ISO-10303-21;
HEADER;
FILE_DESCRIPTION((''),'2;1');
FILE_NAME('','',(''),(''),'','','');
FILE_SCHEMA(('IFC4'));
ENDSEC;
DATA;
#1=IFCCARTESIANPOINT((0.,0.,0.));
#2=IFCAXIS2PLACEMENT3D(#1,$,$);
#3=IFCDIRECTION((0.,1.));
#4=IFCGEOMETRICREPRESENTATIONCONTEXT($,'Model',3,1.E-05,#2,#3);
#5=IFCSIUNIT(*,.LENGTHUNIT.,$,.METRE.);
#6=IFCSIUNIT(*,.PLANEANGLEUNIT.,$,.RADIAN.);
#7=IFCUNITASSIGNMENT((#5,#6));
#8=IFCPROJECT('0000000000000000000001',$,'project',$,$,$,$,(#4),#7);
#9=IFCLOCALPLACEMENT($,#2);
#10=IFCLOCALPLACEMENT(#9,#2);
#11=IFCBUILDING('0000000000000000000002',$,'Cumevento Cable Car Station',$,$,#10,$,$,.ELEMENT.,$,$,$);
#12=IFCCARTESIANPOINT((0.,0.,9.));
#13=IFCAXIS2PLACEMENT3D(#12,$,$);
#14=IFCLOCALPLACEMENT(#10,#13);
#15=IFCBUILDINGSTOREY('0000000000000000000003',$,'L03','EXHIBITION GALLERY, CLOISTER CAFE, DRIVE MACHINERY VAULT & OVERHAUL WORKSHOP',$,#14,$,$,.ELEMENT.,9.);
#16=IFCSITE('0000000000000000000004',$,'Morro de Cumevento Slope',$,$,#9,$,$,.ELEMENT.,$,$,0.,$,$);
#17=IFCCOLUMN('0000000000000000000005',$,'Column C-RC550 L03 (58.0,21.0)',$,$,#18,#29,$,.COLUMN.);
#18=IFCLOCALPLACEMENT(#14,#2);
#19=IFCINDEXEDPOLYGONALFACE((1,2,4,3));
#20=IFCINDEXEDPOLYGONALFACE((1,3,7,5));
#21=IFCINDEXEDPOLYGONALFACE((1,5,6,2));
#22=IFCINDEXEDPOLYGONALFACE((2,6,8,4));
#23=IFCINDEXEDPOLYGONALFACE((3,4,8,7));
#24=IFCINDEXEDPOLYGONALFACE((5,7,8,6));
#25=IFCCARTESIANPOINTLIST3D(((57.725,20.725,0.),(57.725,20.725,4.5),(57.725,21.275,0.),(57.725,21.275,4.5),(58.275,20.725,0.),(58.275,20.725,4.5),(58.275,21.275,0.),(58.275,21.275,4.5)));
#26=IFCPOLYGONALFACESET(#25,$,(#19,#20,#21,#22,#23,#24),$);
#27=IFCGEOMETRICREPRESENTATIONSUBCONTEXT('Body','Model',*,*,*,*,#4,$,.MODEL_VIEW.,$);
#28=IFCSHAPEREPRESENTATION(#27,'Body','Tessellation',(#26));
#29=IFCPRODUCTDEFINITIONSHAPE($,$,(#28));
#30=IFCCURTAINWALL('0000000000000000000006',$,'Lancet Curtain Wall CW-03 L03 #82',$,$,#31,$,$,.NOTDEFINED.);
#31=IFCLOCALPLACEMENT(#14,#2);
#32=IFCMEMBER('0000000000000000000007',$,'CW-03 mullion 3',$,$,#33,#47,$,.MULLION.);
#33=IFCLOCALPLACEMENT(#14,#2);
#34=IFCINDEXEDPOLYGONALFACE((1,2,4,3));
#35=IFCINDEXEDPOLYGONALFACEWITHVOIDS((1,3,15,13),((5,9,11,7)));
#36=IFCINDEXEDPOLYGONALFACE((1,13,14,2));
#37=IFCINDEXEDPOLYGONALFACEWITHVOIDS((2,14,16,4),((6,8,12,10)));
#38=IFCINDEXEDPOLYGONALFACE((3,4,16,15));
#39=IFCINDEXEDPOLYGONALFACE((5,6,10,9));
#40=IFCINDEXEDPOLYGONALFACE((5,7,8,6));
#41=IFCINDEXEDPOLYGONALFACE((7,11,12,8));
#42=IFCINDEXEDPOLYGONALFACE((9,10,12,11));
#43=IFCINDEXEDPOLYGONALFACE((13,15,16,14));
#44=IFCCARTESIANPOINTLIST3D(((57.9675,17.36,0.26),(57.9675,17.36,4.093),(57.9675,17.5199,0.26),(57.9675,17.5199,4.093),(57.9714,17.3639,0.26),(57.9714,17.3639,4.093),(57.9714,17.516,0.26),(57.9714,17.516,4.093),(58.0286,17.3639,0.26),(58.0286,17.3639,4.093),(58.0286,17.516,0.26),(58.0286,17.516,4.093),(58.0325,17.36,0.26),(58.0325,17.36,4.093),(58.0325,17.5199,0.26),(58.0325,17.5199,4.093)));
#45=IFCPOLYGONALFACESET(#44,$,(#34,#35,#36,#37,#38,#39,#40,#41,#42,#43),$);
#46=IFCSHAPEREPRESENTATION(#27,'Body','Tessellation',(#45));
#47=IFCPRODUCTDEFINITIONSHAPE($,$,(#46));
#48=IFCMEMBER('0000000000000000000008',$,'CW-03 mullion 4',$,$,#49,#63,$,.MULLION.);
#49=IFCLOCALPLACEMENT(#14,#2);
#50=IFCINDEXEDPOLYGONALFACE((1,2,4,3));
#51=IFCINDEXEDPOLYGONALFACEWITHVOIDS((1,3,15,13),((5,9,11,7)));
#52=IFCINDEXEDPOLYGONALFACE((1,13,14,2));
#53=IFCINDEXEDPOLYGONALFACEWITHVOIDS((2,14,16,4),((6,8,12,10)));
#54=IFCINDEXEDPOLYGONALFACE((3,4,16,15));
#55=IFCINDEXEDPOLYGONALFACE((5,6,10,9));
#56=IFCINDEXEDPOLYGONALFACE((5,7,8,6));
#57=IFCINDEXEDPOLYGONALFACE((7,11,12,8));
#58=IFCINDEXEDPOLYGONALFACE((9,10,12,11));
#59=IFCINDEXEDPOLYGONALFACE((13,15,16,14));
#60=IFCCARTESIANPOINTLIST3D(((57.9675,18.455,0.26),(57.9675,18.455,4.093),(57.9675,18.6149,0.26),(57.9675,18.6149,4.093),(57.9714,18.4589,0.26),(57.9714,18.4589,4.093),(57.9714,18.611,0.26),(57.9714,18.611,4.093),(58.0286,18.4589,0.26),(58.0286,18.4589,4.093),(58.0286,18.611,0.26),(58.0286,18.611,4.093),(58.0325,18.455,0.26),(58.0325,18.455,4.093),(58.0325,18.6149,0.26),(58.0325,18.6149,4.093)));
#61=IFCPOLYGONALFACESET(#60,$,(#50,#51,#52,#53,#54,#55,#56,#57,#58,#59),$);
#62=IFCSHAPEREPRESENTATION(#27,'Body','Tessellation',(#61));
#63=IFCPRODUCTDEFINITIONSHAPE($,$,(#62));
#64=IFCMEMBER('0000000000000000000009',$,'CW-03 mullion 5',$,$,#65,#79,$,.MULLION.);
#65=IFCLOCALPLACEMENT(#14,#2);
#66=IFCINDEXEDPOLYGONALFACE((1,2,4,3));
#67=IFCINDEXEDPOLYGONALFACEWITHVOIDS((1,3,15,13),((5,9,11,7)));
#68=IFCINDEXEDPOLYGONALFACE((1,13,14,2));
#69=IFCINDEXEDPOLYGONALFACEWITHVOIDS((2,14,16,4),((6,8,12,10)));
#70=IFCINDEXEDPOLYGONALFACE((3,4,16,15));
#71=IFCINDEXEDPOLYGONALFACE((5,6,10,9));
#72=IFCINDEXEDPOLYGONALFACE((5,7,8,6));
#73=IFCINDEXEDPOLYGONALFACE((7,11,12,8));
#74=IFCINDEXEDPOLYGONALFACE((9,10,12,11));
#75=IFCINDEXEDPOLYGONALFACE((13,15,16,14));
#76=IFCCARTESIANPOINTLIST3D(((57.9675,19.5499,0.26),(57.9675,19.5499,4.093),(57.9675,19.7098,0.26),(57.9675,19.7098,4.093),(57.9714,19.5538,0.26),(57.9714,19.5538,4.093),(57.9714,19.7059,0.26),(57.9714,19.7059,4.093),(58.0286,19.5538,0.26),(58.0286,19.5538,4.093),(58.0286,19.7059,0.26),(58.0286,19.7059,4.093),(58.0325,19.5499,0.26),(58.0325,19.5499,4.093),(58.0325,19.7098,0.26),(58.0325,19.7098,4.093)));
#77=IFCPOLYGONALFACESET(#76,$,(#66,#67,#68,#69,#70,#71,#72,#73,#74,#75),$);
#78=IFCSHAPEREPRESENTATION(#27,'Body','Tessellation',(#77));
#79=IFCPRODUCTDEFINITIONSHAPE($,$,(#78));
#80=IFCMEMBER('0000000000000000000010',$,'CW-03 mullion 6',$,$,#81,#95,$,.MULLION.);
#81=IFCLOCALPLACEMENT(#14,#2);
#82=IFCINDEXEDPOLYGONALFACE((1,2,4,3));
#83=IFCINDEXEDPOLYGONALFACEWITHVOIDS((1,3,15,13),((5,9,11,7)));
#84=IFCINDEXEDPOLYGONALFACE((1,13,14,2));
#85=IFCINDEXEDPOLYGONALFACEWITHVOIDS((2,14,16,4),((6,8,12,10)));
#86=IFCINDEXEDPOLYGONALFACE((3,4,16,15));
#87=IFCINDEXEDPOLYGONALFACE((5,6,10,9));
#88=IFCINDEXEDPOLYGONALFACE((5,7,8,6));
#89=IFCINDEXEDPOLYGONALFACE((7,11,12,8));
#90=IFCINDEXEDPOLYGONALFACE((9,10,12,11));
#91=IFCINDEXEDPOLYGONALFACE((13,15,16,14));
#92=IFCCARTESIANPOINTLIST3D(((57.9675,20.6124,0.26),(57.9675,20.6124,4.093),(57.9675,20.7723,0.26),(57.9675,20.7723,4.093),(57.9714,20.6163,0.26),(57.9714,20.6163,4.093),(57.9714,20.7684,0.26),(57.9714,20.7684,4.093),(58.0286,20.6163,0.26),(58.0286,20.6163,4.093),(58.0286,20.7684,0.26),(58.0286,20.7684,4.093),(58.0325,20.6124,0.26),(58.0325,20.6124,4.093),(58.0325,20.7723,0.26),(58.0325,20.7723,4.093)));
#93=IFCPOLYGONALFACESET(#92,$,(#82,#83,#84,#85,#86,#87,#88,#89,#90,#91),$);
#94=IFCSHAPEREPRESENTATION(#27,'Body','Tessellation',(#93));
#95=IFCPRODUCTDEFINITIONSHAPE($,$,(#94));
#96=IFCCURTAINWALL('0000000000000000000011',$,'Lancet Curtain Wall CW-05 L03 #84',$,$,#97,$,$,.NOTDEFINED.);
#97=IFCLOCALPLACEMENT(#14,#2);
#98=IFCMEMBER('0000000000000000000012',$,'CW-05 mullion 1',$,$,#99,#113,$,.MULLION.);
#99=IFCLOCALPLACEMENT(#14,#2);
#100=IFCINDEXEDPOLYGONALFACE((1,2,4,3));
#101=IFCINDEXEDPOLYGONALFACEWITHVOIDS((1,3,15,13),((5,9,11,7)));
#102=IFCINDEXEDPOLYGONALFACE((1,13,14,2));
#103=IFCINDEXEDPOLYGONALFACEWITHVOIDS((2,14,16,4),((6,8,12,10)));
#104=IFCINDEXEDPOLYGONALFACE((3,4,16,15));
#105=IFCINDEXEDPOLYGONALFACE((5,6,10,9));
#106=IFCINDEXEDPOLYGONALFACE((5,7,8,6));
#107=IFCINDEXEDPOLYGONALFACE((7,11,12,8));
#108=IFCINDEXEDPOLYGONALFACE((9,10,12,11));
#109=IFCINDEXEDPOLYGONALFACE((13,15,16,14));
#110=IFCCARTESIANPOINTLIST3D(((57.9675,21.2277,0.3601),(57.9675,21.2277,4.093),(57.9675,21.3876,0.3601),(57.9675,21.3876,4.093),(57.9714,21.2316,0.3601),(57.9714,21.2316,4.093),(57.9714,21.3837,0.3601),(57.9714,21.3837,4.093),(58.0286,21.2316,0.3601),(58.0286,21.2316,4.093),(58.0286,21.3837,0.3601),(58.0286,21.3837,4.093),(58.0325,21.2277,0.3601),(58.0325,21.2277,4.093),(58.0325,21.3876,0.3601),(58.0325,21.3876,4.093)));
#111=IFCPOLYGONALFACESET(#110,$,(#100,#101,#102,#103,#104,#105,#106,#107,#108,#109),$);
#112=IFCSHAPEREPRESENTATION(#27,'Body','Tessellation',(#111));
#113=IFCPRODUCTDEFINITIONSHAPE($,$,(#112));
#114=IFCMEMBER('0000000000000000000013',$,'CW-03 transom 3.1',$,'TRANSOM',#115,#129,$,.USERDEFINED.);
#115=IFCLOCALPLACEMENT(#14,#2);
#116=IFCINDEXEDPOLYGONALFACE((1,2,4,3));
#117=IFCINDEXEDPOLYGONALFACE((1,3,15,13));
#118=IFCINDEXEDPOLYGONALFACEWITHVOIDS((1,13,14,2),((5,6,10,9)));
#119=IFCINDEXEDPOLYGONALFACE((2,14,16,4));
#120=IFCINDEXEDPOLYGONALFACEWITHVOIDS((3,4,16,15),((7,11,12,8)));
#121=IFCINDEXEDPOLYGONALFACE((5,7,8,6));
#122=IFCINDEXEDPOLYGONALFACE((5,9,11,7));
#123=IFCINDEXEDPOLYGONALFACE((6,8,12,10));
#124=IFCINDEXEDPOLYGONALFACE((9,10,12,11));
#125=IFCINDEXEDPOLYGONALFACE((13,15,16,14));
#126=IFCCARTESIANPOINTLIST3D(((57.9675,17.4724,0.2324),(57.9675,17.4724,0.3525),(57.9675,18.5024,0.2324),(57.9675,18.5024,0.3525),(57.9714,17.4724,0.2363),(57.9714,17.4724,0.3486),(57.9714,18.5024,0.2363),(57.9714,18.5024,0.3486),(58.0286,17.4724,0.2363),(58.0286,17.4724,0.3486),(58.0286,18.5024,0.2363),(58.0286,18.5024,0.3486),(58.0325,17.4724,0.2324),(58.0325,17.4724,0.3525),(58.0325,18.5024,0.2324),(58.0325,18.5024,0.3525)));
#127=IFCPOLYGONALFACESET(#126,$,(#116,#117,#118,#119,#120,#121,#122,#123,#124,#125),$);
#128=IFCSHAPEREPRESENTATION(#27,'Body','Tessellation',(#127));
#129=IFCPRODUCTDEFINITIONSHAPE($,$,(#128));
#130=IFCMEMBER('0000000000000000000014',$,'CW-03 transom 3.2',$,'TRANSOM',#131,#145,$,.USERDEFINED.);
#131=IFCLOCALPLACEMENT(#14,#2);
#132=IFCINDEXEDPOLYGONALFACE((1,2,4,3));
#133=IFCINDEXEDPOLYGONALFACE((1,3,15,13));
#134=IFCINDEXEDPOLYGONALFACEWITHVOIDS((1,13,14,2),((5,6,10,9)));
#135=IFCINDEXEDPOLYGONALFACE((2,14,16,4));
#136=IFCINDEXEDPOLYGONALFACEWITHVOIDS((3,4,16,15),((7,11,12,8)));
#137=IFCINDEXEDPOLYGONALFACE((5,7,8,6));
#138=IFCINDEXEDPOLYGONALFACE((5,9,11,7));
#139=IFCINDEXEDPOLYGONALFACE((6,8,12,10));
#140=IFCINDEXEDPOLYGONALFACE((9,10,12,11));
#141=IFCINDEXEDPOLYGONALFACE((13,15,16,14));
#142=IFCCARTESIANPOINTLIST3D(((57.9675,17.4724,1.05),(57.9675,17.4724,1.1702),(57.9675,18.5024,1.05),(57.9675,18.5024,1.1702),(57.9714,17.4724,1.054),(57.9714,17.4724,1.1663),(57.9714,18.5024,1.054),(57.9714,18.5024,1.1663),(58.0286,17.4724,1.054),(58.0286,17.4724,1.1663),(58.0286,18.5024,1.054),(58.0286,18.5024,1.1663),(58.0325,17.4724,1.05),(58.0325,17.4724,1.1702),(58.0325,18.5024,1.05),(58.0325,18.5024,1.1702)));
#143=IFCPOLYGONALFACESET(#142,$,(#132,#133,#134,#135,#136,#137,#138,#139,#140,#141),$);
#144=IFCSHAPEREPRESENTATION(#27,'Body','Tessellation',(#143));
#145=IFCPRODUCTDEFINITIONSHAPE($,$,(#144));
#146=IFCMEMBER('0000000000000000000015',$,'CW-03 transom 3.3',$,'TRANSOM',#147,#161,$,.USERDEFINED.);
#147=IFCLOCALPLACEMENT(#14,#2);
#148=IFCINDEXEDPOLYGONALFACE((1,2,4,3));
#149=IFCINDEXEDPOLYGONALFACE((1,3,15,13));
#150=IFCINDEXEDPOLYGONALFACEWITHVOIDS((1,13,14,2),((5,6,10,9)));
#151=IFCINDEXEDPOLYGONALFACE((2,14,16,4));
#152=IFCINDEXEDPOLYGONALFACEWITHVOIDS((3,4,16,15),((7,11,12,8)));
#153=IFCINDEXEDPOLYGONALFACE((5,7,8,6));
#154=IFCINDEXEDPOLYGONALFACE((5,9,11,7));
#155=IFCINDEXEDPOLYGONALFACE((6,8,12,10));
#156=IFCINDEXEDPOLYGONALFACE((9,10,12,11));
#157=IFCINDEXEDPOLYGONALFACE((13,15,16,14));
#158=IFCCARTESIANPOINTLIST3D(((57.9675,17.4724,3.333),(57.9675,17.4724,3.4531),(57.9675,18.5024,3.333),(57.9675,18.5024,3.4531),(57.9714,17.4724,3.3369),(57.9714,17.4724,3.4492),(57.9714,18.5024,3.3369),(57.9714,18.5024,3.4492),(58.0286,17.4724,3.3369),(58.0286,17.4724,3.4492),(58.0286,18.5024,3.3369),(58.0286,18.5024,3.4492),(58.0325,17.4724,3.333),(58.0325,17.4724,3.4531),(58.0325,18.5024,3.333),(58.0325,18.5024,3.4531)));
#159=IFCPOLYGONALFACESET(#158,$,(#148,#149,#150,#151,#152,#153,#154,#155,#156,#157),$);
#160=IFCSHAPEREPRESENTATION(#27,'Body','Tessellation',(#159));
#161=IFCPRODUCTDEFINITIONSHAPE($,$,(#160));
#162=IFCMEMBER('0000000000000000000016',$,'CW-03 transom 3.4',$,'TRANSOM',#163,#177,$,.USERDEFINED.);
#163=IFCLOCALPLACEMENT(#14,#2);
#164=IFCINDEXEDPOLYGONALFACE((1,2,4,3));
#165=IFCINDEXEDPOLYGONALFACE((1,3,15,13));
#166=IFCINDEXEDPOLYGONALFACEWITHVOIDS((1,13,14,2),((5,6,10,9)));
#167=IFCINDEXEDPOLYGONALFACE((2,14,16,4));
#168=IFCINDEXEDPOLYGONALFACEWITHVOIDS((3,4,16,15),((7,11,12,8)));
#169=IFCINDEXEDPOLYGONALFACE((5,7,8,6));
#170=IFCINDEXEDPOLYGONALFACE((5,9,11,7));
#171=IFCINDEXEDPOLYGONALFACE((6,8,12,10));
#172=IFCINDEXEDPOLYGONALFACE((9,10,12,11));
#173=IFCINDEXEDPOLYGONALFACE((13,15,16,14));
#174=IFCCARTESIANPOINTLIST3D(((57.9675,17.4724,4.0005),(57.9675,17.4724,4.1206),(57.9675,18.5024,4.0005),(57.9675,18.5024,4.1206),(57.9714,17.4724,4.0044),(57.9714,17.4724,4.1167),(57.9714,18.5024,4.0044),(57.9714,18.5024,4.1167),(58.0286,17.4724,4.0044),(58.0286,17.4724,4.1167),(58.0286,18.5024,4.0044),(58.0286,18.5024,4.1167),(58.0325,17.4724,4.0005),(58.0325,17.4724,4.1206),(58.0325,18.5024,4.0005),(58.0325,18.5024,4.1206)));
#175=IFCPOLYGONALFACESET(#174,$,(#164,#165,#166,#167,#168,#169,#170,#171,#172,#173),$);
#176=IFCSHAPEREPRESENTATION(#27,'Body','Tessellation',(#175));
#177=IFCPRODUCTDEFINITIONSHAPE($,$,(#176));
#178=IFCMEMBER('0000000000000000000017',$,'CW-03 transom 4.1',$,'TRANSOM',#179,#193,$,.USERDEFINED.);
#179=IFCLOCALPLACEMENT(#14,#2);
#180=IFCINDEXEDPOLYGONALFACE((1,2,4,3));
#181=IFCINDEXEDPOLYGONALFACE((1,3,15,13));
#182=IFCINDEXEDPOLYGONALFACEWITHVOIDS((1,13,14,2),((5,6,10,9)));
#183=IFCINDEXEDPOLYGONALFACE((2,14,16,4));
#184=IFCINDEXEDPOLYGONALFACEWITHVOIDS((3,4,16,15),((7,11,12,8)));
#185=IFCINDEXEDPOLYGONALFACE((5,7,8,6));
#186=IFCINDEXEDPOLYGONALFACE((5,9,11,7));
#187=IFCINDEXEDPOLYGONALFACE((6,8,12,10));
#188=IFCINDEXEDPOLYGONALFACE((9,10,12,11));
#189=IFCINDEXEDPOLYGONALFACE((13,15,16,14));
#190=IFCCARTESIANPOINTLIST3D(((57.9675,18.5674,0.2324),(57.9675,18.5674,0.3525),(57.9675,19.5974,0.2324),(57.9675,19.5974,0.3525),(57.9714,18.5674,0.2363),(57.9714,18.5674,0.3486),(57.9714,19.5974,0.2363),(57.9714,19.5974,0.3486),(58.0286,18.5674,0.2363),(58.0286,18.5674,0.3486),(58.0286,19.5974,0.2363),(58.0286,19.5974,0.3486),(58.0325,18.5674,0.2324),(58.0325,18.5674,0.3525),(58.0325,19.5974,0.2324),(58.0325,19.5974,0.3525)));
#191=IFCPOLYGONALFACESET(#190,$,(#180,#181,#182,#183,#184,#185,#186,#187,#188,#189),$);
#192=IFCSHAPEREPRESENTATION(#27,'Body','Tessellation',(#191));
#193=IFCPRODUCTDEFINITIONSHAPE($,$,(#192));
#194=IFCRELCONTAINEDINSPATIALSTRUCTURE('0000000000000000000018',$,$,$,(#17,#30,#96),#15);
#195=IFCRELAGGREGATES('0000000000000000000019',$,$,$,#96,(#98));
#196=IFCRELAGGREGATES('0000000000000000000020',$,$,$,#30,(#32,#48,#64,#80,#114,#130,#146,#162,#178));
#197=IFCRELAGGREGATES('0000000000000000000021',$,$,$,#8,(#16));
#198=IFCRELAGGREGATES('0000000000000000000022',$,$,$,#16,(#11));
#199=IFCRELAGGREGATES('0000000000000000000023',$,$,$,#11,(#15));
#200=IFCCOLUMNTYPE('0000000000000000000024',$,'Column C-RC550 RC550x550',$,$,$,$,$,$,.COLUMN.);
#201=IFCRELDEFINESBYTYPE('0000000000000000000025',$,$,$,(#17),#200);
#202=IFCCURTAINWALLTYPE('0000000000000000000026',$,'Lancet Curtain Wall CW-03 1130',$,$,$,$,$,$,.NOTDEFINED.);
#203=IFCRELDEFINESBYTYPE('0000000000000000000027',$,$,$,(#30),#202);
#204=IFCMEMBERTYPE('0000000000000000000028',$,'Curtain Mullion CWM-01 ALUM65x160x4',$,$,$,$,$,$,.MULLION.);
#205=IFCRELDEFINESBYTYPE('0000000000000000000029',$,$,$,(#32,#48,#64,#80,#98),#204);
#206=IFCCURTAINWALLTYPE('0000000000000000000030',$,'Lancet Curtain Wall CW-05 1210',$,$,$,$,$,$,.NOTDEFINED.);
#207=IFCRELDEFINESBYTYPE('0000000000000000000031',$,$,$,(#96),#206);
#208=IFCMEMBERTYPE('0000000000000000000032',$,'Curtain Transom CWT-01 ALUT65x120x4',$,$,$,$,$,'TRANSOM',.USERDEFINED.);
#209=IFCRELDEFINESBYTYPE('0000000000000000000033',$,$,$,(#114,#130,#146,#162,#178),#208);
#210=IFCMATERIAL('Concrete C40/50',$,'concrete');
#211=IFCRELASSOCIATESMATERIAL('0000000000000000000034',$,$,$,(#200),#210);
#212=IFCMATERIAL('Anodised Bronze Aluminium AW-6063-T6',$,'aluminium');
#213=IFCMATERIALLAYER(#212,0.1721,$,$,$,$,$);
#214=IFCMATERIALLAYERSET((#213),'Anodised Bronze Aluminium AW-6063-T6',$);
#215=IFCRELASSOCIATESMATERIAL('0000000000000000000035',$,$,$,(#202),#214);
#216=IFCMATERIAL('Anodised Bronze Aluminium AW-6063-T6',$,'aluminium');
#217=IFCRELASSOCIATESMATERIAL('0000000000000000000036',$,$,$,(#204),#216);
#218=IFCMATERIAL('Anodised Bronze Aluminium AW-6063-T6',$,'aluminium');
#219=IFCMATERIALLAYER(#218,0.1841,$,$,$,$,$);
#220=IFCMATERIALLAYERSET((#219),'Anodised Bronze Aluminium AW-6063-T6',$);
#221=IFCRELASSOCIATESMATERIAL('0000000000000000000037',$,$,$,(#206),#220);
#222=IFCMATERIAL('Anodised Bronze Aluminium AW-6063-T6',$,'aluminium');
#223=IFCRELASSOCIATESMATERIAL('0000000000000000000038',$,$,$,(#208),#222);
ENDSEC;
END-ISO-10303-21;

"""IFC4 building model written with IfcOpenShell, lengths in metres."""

from ifc_helpers import new_model, si_unit, direction, frame, origin, origin_2d, place, context, subcontext, project, spatial, rectangle, hollow_rectangle, extrude, material, layer, layer_set, material_profile, profile_set, type_object, element, aggregate, save


model = new_model("IFC4")

# Units and contexts
model_context = context("Model", 3, precision=1e-05, world=origin(), true_north=direction((0.0, 1.0)))
body_context = subcontext(model_context, "Body", "Model", "MODEL_VIEW")
ifc_project = project(units=[si_unit("LENGTHUNIT", "METRE"), si_unit("PLANEANGLEUNIT", "RADIAN")], contexts=[model_context])

# Site, building, storey
site_placement = place(None, origin())
site = spatial("IfcSite", under=ifc_project, at=site_placement, Name="Morro de Cumevento Slope", CompositionType="ELEMENT", RefElevation=0.0)
building_placement = place(site_placement, origin())
building = spatial("IfcBuilding", under=site, at=building_placement, Name="Cumevento Cable Car Station", CompositionType="ELEMENT")
storey_placement = place(building_placement, frame((0.0, 0.0, 9.0)))
storey = spatial("IfcBuildingStorey", under=building, at=storey_placement, Name="L03", Description="EXHIBITION GALLERY, CLOISTER CAFE, DRIVE MACHINERY VAULT & OVERHAUL WORKSHOP", CompositionType="ELEMENT", Elevation=9.0)

# Column
ifc_material_1 = material(Name="Concrete C40/50", Category="concrete")
ifc_material_profile_1 = material_profile(ifc_material_1, rectangle(XDim=0.55, YDim=0.55, at=origin_2d()), Name="RC550x550")
ifc_profile_set_1 = profile_set([ifc_material_profile_1], Name="Concrete C40/50")
column_type = type_object("IfcColumnType", Name="Column C-RC550 RC550x550", PredefinedType="COLUMN", material=ifc_profile_set_1)
column_placement = place(storey_placement, frame((58.0, 21.0, 0.0), z_axis=(0.0, 0.0, 1.0), x_axis=(1.0, 0.0, 0.0)))
element("IfcColumn", 1, at=column_placement, inside=storey, type_object=column_type, Name="Column C-RC550 L03 (58.0,21.0)", PredefinedType="COLUMN", context=body_context, shape_type="SweptSolid", body=[
    extrude(rectangle(XDim=0.55, YDim=0.55, at=origin_2d()), origin(), (0.0, 0.0, 1.0), 4.5),
])

# Curtain wall, members
ifc_material_2 = material(Name="Anodised Bronze Aluminium AW-6063-T6", Category="aluminium")
ifc_layer_1 = layer(ifc_material_2, 0.1721)
ifc_layer_set_1 = layer_set([ifc_layer_1], Name="Anodised Bronze Aluminium AW-6063-T6")
curtain_wall_type_1 = type_object("IfcCurtainWallType", Name="Lancet Curtain Wall CW-03 1130", PredefinedType="NOTDEFINED", material=ifc_layer_set_1)
curtain_wall_1_placement = place(storey_placement, origin())
curtain_wall_1 = element("IfcCurtainWall", 2, at=curtain_wall_1_placement, inside=storey, type_object=curtain_wall_type_1, Name="Lancet Curtain Wall CW-03 L03 #82", PredefinedType="NOTDEFINED")
ifc_material_3 = material(Name="Anodised Bronze Aluminium AW-6063-T6", Category="aluminium")
ifc_material_profile_2 = material_profile(ifc_material_3, hollow_rectangle(XDim=0.0649, YDim=0.1599, WallThickness=0.0039, at=origin_2d()), Name="ALUM65x160x4")
ifc_profile_set_2 = profile_set([ifc_material_profile_2], Name="Anodised Bronze Aluminium AW-6063-T6")
member_type_1 = type_object("IfcMemberType", Name="Curtain Mullion CWM-01 ALUM65x160x4", PredefinedType="MULLION", material=ifc_profile_set_2)
member_1_placement = place(storey_placement, frame((58.0, 17.4399, 0.26), z_axis=(0.0, 0.0, 1.0), x_axis=(-1.0, 0.0, 0.0)))
member_1 = element("IfcMember", 3, at=member_1_placement, type_object=member_type_1, Name="CW-03 mullion 3", PredefinedType="MULLION", context=body_context, shape_type="SweptSolid", body=[
    extrude(hollow_rectangle(XDim=0.0649, YDim=0.1599, WallThickness=0.0039, at=origin_2d()), origin(), (0.0, 0.0, 1.0), 3.833),
])
member_2_placement = place(storey_placement, frame((58.0, 18.5349, 0.26), z_axis=(0.0, 0.0, 1.0), x_axis=(-1.0, 0.0, 0.0)))
member_2 = element("IfcMember", 4, at=member_2_placement, type_object=member_type_1, Name="CW-03 mullion 4", PredefinedType="MULLION", context=body_context, shape_type="SweptSolid", body=[
    extrude(hollow_rectangle(XDim=0.0649, YDim=0.1599, WallThickness=0.0039, at=origin_2d()), origin(), (0.0, 0.0, 1.0), 3.833),
])
member_3_placement = place(storey_placement, frame((58.0, 19.6299, 0.26), z_axis=(0.0, 0.0, 1.0), x_axis=(-1.0, 0.0, 0.0)))
member_3 = element("IfcMember", 5, at=member_3_placement, type_object=member_type_1, Name="CW-03 mullion 5", PredefinedType="MULLION", context=body_context, shape_type="SweptSolid", body=[
    extrude(hollow_rectangle(XDim=0.0649, YDim=0.1599, WallThickness=0.0039, at=origin_2d()), origin(), (0.0, 0.0, 1.0), 3.833),
])
member_4_placement = place(storey_placement, frame((58.0, 20.6924, 0.26), z_axis=(0.0, 0.0, 1.0), x_axis=(-1.0, 0.0, 0.0)))
member_4 = element("IfcMember", 6, at=member_4_placement, type_object=member_type_1, Name="CW-03 mullion 6", PredefinedType="MULLION", context=body_context, shape_type="SweptSolid", body=[
    extrude(hollow_rectangle(XDim=0.0649, YDim=0.1599, WallThickness=0.0039, at=origin_2d()), origin(), (0.0, 0.0, 1.0), 3.833),
])

# Curtain wall, member
ifc_material_4 = material(Name="Anodised Bronze Aluminium AW-6063-T6", Category="aluminium")
ifc_layer_2 = layer(ifc_material_4, 0.1841)
ifc_layer_set_2 = layer_set([ifc_layer_2], Name="Anodised Bronze Aluminium AW-6063-T6")
curtain_wall_type_2 = type_object("IfcCurtainWallType", Name="Lancet Curtain Wall CW-05 1210", PredefinedType="NOTDEFINED", material=ifc_layer_set_2)
curtain_wall_2_placement = place(storey_placement, origin())
curtain_wall_2 = element("IfcCurtainWall", 7, at=curtain_wall_2_placement, inside=storey, type_object=curtain_wall_type_2, Name="Lancet Curtain Wall CW-05 L03 #84", PredefinedType="NOTDEFINED")
member_5_placement = place(storey_placement, frame((58.0, 21.3076, 0.3601), z_axis=(0.0, 0.0, 1.0), x_axis=(-1.0, 0.0, 0.0)))
member_5 = element("IfcMember", 8, at=member_5_placement, type_object=member_type_1, Name="CW-05 mullion 1", PredefinedType="MULLION", context=body_context, shape_type="SweptSolid", body=[
    extrude(hollow_rectangle(XDim=0.0649, YDim=0.1599, WallThickness=0.0039, at=origin_2d()), origin(), (0.0, 0.0, 1.0), 3.7329),
])

# Members
ifc_material_5 = material(Name="Anodised Bronze Aluminium AW-6063-T6", Category="aluminium")
ifc_material_profile_3 = material_profile(ifc_material_5, hollow_rectangle(XDim=0.0649, YDim=0.1201, WallThickness=0.0039, at=origin_2d()), Name="ALUT65x120x4")
ifc_profile_set_3 = profile_set([ifc_material_profile_3], Name="Anodised Bronze Aluminium AW-6063-T6")
member_type_2 = type_object("IfcMemberType", Name="Curtain Transom CWT-01 ALUT65x120x4", ElementType="TRANSOM", PredefinedType="USERDEFINED", material=ifc_profile_set_3)
member_6_placement = place(storey_placement, frame((58.0, 17.4724, 0.2925), z_axis=(0.0, 1.0, 0.0), x_axis=(-1.0, 0.0, 0.0)))
member_6 = element("IfcMember", 9, at=member_6_placement, type_object=member_type_2, Name="CW-03 transom 3.1", ObjectType="TRANSOM", PredefinedType="USERDEFINED", context=body_context, shape_type="SweptSolid", body=[
    extrude(hollow_rectangle(XDim=0.0649, YDim=0.1201, WallThickness=0.0039, at=origin_2d()), origin(), (0.0, 0.0, 1.0), 1.03),
])
member_7_placement = place(storey_placement, frame((58.0, 17.4724, 1.1101), z_axis=(0.0, 1.0, 0.0), x_axis=(-1.0, 0.0, 0.0)))
member_7 = element("IfcMember", 10, at=member_7_placement, type_object=member_type_2, Name="CW-03 transom 3.2", ObjectType="TRANSOM", PredefinedType="USERDEFINED", context=body_context, shape_type="SweptSolid", body=[
    extrude(hollow_rectangle(XDim=0.0649, YDim=0.1201, WallThickness=0.0039, at=origin_2d()), origin(), (0.0, 0.0, 1.0), 1.03),
])
member_8_placement = place(storey_placement, frame((58.0, 17.4724, 3.3931), z_axis=(0.0, 1.0, 0.0), x_axis=(-1.0, 0.0, 0.0)))
member_8 = element("IfcMember", 11, at=member_8_placement, type_object=member_type_2, Name="CW-03 transom 3.3", ObjectType="TRANSOM", PredefinedType="USERDEFINED", context=body_context, shape_type="SweptSolid", body=[
    extrude(hollow_rectangle(XDim=0.0649, YDim=0.1201, WallThickness=0.0039, at=origin_2d()), origin(), (0.0, 0.0, 1.0), 1.03),
])
member_9_placement = place(storey_placement, frame((58.0, 17.4724, 4.0605), z_axis=(0.0, 1.0, 0.0), x_axis=(-1.0, 0.0, 0.0)))
member_9 = element("IfcMember", 12, at=member_9_placement, type_object=member_type_2, Name="CW-03 transom 3.4", ObjectType="TRANSOM", PredefinedType="USERDEFINED", context=body_context, shape_type="SweptSolid", body=[
    extrude(hollow_rectangle(XDim=0.0649, YDim=0.1201, WallThickness=0.0039, at=origin_2d()), origin(), (0.0, 0.0, 1.0), 1.03),
])
member_10_placement = place(storey_placement, frame((58.0, 18.5674, 0.2925), z_axis=(0.0, 1.0, 0.0), x_axis=(-1.0, 0.0, 0.0)))
member_10 = element("IfcMember", 13, at=member_10_placement, type_object=member_type_2, Name="CW-03 transom 4.1", ObjectType="TRANSOM", PredefinedType="USERDEFINED", context=body_context, shape_type="SweptSolid", body=[
    extrude(hollow_rectangle(XDim=0.0649, YDim=0.1201, WallThickness=0.0039, at=origin_2d()), origin(), (0.0, 0.0, 1.0), 1.03),
])
aggregate(curtain_wall_2, [member_5])

aggregate(curtain_wall_1, [member_1, member_2, member_3, member_4, member_6, member_7, member_8, member_9, member_10])

save(model, "model.ifc")
